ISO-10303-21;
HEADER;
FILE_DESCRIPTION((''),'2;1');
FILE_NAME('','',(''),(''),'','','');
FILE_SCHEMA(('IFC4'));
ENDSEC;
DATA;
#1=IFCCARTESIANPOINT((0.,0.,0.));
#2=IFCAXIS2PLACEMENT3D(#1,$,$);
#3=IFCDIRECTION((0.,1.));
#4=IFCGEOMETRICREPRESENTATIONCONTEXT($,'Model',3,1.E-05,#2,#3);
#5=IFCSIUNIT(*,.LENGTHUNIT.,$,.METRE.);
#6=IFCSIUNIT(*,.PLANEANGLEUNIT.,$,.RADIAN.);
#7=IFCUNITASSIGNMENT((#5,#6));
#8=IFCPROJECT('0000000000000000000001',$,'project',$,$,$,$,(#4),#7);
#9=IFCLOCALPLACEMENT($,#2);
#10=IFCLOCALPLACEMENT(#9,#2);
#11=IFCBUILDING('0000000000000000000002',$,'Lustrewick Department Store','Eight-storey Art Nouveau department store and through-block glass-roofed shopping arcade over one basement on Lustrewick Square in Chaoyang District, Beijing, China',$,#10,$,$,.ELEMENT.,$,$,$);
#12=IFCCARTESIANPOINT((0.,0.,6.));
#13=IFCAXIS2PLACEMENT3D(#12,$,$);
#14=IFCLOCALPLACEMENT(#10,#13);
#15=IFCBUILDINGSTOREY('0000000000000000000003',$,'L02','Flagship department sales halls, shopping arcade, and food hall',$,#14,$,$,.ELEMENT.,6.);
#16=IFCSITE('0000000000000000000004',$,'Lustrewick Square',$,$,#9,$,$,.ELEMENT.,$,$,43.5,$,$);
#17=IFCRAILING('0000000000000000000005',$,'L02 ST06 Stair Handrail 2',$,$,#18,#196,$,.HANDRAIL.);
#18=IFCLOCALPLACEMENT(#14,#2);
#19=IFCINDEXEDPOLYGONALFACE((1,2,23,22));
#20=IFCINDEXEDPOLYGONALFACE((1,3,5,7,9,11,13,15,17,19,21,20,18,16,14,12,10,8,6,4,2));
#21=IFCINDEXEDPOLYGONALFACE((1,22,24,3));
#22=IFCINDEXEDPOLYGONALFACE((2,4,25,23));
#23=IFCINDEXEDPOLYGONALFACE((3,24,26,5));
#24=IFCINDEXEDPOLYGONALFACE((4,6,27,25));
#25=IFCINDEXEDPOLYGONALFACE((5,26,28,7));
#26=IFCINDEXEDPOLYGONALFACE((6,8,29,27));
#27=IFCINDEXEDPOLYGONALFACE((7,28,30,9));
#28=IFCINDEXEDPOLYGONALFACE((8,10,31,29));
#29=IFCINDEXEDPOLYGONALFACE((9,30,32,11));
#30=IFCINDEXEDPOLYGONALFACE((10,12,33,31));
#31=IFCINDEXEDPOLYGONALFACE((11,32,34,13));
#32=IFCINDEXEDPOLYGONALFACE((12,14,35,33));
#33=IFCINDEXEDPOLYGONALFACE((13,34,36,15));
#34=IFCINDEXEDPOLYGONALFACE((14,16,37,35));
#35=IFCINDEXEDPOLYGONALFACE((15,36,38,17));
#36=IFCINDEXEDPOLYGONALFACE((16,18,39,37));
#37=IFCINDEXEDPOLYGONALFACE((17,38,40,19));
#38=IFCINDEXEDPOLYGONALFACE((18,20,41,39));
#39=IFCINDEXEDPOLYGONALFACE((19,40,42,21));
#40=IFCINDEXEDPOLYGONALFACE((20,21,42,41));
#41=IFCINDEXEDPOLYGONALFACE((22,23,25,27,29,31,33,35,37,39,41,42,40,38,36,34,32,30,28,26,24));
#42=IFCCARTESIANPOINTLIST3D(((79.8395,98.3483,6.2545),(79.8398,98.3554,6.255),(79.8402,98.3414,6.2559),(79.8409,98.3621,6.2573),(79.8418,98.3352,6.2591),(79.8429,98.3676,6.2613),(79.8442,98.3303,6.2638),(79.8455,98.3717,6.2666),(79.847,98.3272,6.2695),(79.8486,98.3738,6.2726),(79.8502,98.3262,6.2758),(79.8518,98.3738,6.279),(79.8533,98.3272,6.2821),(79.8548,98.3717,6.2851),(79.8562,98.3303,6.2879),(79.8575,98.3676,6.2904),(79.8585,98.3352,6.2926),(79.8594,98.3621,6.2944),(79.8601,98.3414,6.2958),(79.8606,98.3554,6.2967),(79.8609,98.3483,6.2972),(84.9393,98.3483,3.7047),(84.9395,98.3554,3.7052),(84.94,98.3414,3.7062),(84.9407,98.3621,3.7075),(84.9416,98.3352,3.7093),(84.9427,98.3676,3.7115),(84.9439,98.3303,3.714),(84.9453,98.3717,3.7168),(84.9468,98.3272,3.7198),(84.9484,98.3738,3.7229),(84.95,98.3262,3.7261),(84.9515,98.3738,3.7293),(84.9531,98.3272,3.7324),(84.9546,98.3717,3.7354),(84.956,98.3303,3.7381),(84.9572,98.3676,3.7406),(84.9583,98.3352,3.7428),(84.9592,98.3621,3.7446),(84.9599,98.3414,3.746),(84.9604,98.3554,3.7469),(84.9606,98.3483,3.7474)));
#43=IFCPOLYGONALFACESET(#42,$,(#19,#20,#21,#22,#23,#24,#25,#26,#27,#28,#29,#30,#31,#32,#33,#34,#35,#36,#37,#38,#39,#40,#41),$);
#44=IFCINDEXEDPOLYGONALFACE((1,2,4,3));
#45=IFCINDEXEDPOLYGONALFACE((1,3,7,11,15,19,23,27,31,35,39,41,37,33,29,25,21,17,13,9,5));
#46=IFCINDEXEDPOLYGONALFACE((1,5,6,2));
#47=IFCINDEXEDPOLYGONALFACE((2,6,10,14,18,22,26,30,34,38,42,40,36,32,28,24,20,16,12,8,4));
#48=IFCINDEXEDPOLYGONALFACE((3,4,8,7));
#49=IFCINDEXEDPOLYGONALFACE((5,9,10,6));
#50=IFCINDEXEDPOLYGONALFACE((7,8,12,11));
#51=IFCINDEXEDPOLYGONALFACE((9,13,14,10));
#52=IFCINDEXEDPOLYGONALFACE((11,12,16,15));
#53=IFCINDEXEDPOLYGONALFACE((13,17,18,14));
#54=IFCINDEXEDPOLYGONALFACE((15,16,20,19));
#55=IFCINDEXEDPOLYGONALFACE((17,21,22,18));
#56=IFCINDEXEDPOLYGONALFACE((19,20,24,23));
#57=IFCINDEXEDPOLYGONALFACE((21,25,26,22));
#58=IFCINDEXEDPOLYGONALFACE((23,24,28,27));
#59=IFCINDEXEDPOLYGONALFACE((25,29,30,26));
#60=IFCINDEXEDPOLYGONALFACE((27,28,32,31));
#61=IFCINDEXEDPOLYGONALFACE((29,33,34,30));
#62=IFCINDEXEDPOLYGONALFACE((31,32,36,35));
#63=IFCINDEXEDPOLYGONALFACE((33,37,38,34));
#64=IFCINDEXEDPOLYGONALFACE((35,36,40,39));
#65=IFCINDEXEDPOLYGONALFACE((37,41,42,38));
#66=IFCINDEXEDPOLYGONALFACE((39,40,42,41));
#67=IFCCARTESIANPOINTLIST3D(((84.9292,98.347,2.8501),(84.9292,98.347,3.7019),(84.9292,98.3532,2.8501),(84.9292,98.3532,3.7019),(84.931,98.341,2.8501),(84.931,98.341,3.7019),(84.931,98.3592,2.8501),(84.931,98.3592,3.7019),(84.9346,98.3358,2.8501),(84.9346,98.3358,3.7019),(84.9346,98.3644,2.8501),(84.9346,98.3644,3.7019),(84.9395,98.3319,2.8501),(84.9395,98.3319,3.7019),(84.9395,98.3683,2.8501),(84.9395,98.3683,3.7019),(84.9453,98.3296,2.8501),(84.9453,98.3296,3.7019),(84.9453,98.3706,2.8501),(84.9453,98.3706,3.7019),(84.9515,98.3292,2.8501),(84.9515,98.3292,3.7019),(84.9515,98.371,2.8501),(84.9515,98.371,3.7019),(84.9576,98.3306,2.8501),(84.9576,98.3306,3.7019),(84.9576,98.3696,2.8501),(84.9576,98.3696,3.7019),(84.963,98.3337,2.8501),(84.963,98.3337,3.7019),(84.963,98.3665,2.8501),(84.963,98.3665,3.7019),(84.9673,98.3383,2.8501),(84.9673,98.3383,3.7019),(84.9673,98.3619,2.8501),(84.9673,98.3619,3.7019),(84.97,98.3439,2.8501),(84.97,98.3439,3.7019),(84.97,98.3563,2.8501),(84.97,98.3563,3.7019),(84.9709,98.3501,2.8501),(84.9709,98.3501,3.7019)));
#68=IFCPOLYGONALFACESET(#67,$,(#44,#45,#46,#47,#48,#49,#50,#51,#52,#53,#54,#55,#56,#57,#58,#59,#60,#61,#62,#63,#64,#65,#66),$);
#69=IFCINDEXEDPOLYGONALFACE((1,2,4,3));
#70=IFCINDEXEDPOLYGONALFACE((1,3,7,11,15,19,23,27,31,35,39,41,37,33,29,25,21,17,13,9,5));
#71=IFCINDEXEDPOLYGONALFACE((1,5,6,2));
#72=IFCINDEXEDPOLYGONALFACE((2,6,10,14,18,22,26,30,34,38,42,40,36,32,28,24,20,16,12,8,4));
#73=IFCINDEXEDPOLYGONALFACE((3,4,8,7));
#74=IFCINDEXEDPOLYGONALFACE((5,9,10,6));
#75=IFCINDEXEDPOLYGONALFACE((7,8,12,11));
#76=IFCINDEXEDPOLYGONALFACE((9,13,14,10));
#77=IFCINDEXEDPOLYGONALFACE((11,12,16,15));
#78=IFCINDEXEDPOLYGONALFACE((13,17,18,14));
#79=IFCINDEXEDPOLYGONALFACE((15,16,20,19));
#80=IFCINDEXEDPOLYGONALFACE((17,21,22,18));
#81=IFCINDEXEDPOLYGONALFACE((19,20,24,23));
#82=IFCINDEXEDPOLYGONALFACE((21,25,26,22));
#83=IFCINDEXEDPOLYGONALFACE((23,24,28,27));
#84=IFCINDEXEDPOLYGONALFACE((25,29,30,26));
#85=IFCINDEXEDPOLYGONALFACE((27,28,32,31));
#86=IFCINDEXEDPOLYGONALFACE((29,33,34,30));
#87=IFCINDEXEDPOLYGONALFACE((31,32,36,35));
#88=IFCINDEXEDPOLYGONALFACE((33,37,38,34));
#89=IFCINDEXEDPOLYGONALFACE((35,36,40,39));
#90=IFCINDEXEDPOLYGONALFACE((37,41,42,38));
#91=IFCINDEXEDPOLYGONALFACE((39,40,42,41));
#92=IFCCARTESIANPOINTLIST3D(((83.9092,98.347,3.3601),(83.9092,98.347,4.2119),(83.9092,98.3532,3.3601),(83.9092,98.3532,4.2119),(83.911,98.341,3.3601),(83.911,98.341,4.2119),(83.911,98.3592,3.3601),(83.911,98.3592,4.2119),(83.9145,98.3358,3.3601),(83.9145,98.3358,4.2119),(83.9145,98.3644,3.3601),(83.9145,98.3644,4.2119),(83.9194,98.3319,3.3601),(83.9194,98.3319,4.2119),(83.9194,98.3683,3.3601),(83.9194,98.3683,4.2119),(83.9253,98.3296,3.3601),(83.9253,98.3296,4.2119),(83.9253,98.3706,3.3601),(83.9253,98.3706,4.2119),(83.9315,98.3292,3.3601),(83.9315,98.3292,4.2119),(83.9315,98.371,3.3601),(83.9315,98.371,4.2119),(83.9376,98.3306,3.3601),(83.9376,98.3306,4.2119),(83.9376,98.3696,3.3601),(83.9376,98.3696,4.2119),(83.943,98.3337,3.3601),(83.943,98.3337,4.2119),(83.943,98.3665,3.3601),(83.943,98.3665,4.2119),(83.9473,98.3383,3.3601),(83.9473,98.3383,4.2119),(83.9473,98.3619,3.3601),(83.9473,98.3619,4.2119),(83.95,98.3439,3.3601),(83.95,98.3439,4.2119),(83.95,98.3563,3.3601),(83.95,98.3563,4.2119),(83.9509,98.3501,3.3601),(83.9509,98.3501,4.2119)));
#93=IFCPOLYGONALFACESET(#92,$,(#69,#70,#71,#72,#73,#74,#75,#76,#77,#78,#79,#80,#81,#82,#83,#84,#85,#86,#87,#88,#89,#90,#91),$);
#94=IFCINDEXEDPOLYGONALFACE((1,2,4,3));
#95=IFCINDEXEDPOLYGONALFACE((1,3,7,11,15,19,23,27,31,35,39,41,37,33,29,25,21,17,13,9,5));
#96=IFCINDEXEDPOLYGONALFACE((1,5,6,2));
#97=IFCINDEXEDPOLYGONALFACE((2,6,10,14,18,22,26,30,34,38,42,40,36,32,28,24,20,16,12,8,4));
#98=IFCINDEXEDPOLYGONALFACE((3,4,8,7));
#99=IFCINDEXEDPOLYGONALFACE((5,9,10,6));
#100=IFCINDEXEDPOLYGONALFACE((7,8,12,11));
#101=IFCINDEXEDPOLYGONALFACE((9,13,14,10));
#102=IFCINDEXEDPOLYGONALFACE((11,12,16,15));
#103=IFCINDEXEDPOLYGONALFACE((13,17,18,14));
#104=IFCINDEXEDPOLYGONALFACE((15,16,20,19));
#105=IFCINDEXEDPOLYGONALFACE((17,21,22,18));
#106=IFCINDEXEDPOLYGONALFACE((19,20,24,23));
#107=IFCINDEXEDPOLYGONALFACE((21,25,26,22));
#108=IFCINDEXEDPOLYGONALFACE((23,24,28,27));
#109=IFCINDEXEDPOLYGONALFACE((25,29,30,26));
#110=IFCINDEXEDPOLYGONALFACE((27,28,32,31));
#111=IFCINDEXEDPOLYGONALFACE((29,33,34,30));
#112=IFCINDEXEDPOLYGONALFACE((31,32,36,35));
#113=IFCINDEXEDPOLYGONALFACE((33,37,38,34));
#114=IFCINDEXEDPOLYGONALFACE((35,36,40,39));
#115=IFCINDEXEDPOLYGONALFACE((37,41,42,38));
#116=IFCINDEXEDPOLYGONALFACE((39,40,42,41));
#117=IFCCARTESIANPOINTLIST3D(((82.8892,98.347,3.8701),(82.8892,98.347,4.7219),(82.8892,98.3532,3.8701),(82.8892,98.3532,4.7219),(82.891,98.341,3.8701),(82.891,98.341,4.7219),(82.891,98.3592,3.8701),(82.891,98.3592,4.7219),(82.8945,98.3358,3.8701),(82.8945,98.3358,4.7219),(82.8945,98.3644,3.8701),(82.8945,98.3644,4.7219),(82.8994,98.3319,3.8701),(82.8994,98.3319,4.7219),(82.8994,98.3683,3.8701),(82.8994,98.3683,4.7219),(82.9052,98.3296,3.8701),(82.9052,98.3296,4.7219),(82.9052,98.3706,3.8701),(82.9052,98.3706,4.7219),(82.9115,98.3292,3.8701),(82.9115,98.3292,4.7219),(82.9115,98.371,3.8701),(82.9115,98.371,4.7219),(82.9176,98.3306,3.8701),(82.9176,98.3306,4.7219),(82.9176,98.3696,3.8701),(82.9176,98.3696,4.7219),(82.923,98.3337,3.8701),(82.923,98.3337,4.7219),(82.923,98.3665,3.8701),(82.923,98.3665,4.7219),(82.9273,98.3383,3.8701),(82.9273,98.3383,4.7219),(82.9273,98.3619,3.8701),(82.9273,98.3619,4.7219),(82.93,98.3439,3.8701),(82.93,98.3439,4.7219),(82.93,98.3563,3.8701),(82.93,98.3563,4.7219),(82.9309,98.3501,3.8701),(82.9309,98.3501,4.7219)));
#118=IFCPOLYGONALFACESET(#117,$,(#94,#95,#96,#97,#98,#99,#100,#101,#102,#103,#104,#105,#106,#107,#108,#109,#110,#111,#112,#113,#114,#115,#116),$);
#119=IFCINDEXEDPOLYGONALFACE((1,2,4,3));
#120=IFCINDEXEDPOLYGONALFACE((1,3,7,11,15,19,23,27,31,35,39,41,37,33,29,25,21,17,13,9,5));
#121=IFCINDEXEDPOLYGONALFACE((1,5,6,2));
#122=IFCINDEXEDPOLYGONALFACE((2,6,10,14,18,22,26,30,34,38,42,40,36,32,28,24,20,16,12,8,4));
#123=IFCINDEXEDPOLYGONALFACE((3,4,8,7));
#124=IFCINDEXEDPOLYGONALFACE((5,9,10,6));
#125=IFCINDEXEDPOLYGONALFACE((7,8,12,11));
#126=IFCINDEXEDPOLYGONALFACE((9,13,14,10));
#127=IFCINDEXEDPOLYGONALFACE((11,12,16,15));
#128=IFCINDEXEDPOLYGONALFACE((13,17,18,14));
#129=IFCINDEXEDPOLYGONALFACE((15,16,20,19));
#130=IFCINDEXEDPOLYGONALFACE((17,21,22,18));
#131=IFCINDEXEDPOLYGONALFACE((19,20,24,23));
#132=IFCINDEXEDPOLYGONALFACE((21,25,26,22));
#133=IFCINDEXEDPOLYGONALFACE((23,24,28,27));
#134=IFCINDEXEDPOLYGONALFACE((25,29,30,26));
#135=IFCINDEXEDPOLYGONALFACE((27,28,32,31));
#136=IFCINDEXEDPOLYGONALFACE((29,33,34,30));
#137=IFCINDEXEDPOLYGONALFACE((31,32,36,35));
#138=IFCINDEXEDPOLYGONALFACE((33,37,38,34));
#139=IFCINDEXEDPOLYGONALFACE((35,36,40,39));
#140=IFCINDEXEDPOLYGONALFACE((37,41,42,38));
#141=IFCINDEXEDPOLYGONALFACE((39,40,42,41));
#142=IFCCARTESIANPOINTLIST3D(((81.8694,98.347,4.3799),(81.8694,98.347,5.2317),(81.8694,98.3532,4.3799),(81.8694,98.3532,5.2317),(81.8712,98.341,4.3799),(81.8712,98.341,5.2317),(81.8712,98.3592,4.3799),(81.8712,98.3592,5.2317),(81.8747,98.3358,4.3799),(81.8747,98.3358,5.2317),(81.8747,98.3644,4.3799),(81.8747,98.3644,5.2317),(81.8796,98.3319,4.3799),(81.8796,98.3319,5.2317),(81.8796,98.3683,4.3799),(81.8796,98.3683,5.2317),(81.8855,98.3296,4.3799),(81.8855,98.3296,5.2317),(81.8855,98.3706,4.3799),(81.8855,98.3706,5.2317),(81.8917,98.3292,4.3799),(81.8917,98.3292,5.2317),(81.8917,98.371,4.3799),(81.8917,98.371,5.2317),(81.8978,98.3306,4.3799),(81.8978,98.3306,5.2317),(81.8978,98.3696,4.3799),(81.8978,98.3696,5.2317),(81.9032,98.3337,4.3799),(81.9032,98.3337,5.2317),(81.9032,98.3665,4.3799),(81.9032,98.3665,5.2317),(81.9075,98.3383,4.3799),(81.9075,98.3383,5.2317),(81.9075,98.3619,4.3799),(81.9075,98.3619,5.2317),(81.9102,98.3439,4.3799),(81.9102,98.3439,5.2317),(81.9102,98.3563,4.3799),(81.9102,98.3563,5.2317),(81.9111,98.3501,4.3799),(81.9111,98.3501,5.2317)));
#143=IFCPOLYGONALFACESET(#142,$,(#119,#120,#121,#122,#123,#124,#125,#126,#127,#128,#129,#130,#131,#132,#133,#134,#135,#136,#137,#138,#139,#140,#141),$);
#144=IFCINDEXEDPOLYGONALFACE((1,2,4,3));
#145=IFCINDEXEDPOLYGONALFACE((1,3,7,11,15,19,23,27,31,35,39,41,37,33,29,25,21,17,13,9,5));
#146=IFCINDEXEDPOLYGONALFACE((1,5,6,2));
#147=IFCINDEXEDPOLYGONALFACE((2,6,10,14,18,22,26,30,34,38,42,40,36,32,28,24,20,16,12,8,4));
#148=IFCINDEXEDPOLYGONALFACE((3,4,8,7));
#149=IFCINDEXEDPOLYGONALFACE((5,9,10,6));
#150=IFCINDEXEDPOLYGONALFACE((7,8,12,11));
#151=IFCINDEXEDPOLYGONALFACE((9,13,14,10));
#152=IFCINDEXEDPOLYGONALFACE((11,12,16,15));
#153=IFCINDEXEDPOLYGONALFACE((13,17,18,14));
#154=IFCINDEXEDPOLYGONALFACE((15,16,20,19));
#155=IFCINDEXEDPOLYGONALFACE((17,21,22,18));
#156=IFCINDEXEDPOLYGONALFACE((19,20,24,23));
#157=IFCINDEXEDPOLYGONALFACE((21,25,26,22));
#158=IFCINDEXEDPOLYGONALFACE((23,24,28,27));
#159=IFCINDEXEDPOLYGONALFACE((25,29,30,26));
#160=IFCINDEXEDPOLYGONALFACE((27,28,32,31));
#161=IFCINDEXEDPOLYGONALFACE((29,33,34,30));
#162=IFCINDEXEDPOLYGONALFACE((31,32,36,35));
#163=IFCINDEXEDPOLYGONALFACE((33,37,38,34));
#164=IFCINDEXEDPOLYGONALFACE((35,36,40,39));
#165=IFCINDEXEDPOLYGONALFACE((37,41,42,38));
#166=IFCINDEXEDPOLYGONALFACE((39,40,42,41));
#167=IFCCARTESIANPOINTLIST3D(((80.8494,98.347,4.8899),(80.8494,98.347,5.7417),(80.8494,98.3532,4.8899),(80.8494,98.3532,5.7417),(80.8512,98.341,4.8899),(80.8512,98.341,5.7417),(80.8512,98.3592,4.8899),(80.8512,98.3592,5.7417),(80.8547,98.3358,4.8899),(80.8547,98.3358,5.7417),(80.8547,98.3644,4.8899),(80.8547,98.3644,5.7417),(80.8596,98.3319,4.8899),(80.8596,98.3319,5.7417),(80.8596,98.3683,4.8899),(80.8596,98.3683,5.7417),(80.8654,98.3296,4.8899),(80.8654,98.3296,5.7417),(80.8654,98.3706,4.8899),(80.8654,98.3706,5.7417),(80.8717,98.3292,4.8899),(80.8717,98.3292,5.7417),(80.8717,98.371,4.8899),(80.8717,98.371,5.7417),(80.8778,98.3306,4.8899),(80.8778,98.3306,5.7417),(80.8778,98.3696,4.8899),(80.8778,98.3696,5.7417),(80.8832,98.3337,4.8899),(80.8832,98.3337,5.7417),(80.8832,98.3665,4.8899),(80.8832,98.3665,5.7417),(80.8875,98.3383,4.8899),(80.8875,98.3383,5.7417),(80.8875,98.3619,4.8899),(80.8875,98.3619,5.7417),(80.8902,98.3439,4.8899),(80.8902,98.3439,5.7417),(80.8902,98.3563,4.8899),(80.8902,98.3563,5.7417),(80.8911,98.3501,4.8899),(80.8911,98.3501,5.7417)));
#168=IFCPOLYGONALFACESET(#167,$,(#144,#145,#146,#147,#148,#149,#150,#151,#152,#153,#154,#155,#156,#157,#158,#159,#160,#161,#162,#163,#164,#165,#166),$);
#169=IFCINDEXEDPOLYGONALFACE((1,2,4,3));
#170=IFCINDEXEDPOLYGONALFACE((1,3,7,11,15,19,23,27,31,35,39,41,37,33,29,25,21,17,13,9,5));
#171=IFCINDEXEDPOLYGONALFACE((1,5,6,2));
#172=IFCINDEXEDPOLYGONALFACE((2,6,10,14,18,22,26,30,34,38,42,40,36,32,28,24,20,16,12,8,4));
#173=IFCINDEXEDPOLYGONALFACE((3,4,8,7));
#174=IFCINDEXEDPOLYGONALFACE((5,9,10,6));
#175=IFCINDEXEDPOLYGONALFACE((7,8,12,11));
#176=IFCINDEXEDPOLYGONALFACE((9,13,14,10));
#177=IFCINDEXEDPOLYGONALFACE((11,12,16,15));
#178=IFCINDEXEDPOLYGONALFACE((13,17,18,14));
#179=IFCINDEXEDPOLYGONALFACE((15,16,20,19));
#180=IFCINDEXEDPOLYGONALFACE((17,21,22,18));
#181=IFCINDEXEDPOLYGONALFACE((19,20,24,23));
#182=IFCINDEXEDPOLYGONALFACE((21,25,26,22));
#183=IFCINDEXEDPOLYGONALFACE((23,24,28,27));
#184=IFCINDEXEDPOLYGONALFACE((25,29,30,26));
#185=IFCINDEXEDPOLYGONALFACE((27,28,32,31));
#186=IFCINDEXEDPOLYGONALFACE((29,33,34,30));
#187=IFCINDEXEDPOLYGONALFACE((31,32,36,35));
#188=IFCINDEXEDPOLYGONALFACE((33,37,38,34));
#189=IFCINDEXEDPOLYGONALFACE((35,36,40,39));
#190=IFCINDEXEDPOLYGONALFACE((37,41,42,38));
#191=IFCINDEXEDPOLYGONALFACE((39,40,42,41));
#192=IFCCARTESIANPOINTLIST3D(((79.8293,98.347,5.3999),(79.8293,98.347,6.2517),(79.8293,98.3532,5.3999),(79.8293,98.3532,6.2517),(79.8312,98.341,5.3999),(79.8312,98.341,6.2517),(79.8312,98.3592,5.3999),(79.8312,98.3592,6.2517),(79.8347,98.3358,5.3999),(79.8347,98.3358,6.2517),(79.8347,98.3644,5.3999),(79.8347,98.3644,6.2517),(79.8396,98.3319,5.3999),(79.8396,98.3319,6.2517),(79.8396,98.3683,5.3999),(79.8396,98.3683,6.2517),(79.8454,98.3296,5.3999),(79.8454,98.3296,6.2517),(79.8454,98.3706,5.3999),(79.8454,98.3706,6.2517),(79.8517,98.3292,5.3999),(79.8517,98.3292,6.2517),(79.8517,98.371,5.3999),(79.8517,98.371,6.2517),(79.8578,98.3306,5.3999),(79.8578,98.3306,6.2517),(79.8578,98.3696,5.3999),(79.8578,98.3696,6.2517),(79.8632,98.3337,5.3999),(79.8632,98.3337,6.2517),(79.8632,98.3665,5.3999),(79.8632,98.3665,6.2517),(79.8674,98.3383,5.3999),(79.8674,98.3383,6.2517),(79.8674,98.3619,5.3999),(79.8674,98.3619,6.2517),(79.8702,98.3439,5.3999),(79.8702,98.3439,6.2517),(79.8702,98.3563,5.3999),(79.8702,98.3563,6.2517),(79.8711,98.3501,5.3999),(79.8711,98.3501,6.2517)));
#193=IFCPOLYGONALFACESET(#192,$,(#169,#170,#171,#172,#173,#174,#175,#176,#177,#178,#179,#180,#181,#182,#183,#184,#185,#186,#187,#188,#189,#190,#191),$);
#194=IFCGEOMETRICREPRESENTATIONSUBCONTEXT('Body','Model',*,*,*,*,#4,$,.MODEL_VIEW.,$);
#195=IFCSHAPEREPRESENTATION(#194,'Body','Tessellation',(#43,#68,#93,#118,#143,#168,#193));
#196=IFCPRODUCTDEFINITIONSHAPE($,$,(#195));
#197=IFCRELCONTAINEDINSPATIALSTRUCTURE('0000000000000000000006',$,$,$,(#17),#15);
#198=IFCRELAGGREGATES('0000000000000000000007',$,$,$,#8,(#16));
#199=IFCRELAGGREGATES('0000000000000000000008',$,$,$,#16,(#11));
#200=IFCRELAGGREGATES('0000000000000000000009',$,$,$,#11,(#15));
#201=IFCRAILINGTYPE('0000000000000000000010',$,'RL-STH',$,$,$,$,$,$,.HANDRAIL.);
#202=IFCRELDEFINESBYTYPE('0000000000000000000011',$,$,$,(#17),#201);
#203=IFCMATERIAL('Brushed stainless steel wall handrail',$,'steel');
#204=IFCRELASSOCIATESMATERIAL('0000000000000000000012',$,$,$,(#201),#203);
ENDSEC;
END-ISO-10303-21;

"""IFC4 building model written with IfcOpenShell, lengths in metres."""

from ifc_helpers import new_model, si_unit, direction, frame, origin, origin_2d, place, context, subcontext, project, spatial, circle, extrude, material, type_object, element, save


model = new_model("IFC4")

# Units and contexts
model_context = context("Model", 3, precision=1e-05, world=origin(), true_north=direction((0.0, 1.0)))
body_context = subcontext(model_context, "Body", "Model", "MODEL_VIEW")
ifc_project = project(units=[si_unit("LENGTHUNIT", "METRE"), si_unit("PLANEANGLEUNIT", "RADIAN")], contexts=[model_context])

# Site, building, storey
site_placement = place(None, origin())
site = spatial("IfcSite", under=ifc_project, at=site_placement, Name="Lustrewick Square", CompositionType="ELEMENT", RefElevation=43.5)
building_placement = place(site_placement, origin())
building = spatial("IfcBuilding", under=site, at=building_placement, Name="Lustrewick Department Store", Description="Eight-storey Art Nouveau department store and through-block glass-roofed shopping arcade over one basement on Lustrewick Square in Chaoyang District, Beijing, China", CompositionType="ELEMENT")
storey_placement = place(building_placement, frame((0.0, 0.0, 6.0)))
storey = spatial("IfcBuildingStorey", under=building, at=storey_placement, Name="L02", Description="Flagship department sales halls, shopping arcade, and food hall", CompositionType="ELEMENT", Elevation=6.0)

# Railing
ifc_material_1 = material(Name="Brushed stainless steel wall handrail", Category="steel")
railing_type_1 = type_object("IfcRailingType", Name="RL-STH", PredefinedType="HANDRAIL", material=ifc_material_1)
railing_1_placement = place(storey_placement, frame((84.95, 98.3501, 2.8501)))
element("IfcRailing", 1, at=railing_1_placement, inside=storey, type_object=railing_type_1, Name="L02 ST06 Stair Handrail 2", PredefinedType="HANDRAIL", context=body_context, shape_type="SweptSolid", body=[
    extrude(circle(Radius=0.0239, at=origin_2d()), frame((0.0, 0.0, 0.876), z_axis=(-0.894436, 0.0, 0.447196), x_axis=(0.0, -1.0, 0.0)), (0.0, 0.0, 1.0), 5.7017),
    extrude(circle(Radius=0.021, at=origin_2d()), origin(), (0.0, 0.0, 1.0), 0.8518),
    extrude(circle(Radius=0.021, at=origin_2d()), frame((-1.02, 0.0, 0.51)), (0.0, 0.0, 1.0), 0.8518),
    extrude(circle(Radius=0.021, at=origin_2d()), frame((-2.04, 0.0, 1.02)), (0.0, 0.0, 1.0), 0.8518),
    extrude(circle(Radius=0.021, at=origin_2d()), frame((-3.0598, 0.0, 1.5298)), (0.0, 0.0, 1.0), 0.8518),
    extrude(circle(Radius=0.021, at=origin_2d()), frame((-4.0798, 0.0, 2.0398)), (0.0, 0.0, 1.0), 0.8518),
    extrude(circle(Radius=0.021, at=origin_2d()), frame((-5.0999, 0.0, 2.5498)), (0.0, 0.0, 1.0), 0.8518),
])

save(model, "model.ifc")
